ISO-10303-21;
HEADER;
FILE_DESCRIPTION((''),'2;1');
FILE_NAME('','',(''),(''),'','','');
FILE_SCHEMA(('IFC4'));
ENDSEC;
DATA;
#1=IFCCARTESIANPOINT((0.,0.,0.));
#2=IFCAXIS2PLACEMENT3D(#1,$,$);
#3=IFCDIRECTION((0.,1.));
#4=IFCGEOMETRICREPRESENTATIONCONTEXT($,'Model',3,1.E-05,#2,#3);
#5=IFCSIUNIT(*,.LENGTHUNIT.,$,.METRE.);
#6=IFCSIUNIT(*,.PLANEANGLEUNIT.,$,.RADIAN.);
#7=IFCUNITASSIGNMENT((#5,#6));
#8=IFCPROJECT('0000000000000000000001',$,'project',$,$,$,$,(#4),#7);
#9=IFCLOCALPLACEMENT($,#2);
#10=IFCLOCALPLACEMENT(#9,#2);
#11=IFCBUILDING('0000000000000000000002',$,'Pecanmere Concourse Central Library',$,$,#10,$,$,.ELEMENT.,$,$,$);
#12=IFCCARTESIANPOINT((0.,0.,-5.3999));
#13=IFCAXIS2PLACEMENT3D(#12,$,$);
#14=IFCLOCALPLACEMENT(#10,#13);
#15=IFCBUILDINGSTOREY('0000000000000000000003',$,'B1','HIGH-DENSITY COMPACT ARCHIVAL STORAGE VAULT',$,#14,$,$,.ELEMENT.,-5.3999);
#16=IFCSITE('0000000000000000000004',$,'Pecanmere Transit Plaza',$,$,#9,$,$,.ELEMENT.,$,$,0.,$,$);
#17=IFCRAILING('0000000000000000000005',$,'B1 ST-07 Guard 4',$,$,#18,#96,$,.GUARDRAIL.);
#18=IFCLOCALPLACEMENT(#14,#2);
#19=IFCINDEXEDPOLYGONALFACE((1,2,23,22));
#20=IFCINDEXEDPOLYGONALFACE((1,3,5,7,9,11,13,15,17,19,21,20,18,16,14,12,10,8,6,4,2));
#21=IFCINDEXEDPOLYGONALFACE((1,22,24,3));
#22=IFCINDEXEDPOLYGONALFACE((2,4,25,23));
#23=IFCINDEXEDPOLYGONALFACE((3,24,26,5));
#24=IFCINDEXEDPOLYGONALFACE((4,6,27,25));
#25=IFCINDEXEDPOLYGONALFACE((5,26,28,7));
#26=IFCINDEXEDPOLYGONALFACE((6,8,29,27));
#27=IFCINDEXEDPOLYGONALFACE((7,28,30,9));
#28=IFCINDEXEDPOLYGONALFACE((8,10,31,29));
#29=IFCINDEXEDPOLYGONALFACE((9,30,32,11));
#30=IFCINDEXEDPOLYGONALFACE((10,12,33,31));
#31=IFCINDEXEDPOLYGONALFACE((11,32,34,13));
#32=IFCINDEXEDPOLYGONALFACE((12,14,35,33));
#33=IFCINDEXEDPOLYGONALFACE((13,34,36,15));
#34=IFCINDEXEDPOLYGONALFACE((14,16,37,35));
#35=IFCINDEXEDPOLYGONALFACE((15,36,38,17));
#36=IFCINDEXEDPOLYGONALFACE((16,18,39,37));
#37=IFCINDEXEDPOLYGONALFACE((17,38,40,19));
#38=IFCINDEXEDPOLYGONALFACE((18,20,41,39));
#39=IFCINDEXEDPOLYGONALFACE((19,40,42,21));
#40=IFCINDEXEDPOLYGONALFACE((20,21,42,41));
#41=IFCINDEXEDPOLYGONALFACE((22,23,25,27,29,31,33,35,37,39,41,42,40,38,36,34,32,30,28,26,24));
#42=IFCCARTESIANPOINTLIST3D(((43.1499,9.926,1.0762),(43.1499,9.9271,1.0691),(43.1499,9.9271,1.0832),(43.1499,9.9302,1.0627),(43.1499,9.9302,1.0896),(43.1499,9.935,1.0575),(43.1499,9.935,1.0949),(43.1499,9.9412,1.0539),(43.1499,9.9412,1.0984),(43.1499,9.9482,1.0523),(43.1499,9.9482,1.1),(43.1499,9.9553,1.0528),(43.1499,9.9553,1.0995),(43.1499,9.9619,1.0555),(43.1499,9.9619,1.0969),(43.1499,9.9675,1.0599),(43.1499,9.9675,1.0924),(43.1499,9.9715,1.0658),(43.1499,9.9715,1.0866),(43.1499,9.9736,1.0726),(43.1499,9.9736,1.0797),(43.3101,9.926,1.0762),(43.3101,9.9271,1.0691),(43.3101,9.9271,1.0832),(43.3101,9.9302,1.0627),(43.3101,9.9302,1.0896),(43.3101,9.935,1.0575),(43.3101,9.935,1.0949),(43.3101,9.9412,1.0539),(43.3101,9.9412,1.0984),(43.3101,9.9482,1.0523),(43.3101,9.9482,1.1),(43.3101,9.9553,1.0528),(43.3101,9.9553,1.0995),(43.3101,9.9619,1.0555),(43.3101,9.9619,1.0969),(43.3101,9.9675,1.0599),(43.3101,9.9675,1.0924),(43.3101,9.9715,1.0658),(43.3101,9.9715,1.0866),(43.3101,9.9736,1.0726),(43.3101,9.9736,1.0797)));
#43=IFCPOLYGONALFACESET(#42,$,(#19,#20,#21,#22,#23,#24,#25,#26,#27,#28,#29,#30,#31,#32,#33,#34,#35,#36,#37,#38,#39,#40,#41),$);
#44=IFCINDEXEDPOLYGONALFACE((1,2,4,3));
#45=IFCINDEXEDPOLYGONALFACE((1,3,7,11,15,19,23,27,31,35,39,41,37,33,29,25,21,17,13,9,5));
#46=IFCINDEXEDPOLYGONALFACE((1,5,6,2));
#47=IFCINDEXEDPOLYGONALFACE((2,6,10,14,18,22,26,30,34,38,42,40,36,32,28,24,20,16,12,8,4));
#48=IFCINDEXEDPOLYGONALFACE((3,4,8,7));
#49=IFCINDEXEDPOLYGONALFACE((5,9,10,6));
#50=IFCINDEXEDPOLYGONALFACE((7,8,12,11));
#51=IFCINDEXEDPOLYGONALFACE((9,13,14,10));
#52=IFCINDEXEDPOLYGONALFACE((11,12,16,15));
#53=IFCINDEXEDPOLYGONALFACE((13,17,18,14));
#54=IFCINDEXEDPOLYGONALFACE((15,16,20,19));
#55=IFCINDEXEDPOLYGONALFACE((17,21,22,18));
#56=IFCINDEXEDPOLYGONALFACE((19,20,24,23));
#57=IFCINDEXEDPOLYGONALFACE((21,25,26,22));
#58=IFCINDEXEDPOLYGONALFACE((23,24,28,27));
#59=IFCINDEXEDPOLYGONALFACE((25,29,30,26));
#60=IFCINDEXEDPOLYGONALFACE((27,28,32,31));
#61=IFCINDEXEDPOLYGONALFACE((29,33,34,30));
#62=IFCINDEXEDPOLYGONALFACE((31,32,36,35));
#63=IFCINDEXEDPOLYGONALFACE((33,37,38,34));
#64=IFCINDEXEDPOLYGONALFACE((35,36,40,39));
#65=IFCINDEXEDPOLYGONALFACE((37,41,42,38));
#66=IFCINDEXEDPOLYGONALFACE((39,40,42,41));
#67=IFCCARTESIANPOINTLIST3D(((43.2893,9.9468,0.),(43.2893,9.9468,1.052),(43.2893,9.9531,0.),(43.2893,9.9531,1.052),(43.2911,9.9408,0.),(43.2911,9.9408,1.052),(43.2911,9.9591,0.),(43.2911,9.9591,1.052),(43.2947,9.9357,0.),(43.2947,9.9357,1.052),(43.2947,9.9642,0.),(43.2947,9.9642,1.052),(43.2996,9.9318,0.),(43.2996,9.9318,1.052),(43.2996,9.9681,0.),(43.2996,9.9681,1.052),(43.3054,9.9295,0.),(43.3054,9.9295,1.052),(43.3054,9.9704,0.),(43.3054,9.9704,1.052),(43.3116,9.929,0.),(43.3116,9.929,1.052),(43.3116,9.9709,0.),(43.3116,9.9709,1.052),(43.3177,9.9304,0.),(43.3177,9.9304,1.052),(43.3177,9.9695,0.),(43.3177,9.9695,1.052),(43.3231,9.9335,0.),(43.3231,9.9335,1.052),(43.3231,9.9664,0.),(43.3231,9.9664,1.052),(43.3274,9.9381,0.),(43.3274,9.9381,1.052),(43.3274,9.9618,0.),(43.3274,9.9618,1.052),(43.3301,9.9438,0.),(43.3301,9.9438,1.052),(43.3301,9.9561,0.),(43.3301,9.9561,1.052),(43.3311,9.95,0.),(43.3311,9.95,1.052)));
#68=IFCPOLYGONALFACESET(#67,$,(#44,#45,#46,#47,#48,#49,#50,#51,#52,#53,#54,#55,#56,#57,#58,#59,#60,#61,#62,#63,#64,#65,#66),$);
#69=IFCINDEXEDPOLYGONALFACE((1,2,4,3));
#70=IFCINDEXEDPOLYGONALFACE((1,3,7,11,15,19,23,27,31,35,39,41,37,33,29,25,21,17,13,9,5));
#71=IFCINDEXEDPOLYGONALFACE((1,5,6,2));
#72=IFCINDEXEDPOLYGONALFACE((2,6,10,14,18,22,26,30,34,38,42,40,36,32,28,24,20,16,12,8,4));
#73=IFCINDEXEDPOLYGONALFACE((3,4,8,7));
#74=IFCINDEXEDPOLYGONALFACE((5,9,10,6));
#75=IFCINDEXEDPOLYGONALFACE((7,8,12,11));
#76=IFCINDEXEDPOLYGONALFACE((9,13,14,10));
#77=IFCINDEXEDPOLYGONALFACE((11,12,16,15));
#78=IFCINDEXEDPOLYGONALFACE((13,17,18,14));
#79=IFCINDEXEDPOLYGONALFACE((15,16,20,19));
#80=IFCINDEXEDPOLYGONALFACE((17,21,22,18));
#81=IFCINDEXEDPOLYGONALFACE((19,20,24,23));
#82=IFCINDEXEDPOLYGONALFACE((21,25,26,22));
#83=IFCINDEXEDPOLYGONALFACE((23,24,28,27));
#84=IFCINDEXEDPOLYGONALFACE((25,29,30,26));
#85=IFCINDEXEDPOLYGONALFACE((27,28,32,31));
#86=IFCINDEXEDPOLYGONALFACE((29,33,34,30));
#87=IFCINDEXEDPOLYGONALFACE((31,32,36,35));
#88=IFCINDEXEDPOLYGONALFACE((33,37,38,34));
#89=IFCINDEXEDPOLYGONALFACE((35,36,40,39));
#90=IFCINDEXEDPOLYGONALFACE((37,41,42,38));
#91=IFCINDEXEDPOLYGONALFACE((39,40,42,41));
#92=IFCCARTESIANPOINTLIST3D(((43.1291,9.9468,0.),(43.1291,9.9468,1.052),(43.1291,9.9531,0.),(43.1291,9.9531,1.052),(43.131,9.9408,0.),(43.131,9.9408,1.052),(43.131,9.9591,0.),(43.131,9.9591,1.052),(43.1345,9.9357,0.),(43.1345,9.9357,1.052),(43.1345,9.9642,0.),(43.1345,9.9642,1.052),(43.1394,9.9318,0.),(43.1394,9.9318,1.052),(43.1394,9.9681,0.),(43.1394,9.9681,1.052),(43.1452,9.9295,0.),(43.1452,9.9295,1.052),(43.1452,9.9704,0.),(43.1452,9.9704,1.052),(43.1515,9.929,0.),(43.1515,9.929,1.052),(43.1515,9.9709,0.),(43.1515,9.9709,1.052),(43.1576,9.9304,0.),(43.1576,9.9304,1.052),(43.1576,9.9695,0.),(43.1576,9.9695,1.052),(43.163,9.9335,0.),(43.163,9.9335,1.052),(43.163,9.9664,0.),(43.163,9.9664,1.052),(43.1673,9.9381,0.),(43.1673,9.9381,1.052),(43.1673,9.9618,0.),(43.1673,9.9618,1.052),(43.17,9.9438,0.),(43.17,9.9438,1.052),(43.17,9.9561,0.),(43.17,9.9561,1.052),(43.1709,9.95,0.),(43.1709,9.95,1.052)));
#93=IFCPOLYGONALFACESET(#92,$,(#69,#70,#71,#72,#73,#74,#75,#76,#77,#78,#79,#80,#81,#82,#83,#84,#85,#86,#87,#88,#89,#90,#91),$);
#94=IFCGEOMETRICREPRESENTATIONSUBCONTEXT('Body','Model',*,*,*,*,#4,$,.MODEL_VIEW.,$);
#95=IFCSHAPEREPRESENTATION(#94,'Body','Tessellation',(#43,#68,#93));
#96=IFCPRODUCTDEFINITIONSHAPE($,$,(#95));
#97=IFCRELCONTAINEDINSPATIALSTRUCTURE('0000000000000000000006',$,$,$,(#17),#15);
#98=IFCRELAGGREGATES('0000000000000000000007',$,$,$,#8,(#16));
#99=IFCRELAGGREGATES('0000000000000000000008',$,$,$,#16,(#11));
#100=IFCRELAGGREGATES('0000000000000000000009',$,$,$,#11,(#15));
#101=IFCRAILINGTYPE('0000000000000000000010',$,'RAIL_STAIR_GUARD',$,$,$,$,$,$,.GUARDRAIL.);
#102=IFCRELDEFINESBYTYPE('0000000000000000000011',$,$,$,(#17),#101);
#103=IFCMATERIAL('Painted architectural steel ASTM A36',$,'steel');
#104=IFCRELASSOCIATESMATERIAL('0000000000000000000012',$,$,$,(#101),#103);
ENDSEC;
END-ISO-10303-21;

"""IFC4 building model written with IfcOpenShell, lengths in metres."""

from ifc_helpers import new_model, si_unit, direction, frame, origin, origin_2d, place, context, subcontext, project, spatial, circle, extrude, material, type_object, element, save


model = new_model("IFC4")

# Units and contexts
model_context = context("Model", 3, precision=1e-05, world=origin(), true_north=direction((0.0, 1.0)))
body_context = subcontext(model_context, "Body", "Model", "MODEL_VIEW")
ifc_project = project(units=[si_unit("LENGTHUNIT", "METRE"), si_unit("PLANEANGLEUNIT", "RADIAN")], contexts=[model_context])

# Site, building, storey
site_placement = place(None, origin())
site = spatial("IfcSite", under=ifc_project, at=site_placement, Name="Pecanmere Transit Plaza", CompositionType="ELEMENT", RefElevation=0.0)
building_placement = place(site_placement, origin())
building = spatial("IfcBuilding", under=site, at=building_placement, Name="Pecanmere Concourse Central Library", CompositionType="ELEMENT")
storey_placement = place(building_placement, frame((0.0, 0.0, -5.3999)))
storey = spatial("IfcBuildingStorey", under=building, at=storey_placement, Name="B1", Description="HIGH-DENSITY COMPACT ARCHIVAL STORAGE VAULT", CompositionType="ELEMENT", Elevation=-5.3999)

# Railing
ifc_material_1 = material(Name="Painted architectural steel ASTM A36", Category="steel")
railing_type_1 = type_object("IfcRailingType", Name="RAIL_STAIR_GUARD", PredefinedType="GUARDRAIL", material=ifc_material_1)
railing_1_placement = place(storey_placement, frame((43.3101, 9.95, 0.0)))
element("IfcRailing", 1, at=railing_1_placement, inside=storey, type_object=railing_type_1, Name="B1 ST-07 Guard 4", PredefinedType="GUARDRAIL", context=body_context, shape_type="SweptSolid", body=[
    extrude(circle(Radius=0.0239, at=origin_2d()), frame((0.0, 0.0, 1.0762), z_axis=(-1.0, 0.0, 0.0), x_axis=(0.0, -1.0, 0.0)), (0.0, 0.0, 1.0), 0.1602),
    extrude(circle(Radius=0.021, at=origin_2d()), origin(), (0.0, 0.0, 1.0), 1.052),
    extrude(circle(Radius=0.021, at=origin_2d()), frame((-0.1602, 0.0, 0.0)), (0.0, 0.0, 1.0), 1.052),
])

save(model, "model.ifc")
